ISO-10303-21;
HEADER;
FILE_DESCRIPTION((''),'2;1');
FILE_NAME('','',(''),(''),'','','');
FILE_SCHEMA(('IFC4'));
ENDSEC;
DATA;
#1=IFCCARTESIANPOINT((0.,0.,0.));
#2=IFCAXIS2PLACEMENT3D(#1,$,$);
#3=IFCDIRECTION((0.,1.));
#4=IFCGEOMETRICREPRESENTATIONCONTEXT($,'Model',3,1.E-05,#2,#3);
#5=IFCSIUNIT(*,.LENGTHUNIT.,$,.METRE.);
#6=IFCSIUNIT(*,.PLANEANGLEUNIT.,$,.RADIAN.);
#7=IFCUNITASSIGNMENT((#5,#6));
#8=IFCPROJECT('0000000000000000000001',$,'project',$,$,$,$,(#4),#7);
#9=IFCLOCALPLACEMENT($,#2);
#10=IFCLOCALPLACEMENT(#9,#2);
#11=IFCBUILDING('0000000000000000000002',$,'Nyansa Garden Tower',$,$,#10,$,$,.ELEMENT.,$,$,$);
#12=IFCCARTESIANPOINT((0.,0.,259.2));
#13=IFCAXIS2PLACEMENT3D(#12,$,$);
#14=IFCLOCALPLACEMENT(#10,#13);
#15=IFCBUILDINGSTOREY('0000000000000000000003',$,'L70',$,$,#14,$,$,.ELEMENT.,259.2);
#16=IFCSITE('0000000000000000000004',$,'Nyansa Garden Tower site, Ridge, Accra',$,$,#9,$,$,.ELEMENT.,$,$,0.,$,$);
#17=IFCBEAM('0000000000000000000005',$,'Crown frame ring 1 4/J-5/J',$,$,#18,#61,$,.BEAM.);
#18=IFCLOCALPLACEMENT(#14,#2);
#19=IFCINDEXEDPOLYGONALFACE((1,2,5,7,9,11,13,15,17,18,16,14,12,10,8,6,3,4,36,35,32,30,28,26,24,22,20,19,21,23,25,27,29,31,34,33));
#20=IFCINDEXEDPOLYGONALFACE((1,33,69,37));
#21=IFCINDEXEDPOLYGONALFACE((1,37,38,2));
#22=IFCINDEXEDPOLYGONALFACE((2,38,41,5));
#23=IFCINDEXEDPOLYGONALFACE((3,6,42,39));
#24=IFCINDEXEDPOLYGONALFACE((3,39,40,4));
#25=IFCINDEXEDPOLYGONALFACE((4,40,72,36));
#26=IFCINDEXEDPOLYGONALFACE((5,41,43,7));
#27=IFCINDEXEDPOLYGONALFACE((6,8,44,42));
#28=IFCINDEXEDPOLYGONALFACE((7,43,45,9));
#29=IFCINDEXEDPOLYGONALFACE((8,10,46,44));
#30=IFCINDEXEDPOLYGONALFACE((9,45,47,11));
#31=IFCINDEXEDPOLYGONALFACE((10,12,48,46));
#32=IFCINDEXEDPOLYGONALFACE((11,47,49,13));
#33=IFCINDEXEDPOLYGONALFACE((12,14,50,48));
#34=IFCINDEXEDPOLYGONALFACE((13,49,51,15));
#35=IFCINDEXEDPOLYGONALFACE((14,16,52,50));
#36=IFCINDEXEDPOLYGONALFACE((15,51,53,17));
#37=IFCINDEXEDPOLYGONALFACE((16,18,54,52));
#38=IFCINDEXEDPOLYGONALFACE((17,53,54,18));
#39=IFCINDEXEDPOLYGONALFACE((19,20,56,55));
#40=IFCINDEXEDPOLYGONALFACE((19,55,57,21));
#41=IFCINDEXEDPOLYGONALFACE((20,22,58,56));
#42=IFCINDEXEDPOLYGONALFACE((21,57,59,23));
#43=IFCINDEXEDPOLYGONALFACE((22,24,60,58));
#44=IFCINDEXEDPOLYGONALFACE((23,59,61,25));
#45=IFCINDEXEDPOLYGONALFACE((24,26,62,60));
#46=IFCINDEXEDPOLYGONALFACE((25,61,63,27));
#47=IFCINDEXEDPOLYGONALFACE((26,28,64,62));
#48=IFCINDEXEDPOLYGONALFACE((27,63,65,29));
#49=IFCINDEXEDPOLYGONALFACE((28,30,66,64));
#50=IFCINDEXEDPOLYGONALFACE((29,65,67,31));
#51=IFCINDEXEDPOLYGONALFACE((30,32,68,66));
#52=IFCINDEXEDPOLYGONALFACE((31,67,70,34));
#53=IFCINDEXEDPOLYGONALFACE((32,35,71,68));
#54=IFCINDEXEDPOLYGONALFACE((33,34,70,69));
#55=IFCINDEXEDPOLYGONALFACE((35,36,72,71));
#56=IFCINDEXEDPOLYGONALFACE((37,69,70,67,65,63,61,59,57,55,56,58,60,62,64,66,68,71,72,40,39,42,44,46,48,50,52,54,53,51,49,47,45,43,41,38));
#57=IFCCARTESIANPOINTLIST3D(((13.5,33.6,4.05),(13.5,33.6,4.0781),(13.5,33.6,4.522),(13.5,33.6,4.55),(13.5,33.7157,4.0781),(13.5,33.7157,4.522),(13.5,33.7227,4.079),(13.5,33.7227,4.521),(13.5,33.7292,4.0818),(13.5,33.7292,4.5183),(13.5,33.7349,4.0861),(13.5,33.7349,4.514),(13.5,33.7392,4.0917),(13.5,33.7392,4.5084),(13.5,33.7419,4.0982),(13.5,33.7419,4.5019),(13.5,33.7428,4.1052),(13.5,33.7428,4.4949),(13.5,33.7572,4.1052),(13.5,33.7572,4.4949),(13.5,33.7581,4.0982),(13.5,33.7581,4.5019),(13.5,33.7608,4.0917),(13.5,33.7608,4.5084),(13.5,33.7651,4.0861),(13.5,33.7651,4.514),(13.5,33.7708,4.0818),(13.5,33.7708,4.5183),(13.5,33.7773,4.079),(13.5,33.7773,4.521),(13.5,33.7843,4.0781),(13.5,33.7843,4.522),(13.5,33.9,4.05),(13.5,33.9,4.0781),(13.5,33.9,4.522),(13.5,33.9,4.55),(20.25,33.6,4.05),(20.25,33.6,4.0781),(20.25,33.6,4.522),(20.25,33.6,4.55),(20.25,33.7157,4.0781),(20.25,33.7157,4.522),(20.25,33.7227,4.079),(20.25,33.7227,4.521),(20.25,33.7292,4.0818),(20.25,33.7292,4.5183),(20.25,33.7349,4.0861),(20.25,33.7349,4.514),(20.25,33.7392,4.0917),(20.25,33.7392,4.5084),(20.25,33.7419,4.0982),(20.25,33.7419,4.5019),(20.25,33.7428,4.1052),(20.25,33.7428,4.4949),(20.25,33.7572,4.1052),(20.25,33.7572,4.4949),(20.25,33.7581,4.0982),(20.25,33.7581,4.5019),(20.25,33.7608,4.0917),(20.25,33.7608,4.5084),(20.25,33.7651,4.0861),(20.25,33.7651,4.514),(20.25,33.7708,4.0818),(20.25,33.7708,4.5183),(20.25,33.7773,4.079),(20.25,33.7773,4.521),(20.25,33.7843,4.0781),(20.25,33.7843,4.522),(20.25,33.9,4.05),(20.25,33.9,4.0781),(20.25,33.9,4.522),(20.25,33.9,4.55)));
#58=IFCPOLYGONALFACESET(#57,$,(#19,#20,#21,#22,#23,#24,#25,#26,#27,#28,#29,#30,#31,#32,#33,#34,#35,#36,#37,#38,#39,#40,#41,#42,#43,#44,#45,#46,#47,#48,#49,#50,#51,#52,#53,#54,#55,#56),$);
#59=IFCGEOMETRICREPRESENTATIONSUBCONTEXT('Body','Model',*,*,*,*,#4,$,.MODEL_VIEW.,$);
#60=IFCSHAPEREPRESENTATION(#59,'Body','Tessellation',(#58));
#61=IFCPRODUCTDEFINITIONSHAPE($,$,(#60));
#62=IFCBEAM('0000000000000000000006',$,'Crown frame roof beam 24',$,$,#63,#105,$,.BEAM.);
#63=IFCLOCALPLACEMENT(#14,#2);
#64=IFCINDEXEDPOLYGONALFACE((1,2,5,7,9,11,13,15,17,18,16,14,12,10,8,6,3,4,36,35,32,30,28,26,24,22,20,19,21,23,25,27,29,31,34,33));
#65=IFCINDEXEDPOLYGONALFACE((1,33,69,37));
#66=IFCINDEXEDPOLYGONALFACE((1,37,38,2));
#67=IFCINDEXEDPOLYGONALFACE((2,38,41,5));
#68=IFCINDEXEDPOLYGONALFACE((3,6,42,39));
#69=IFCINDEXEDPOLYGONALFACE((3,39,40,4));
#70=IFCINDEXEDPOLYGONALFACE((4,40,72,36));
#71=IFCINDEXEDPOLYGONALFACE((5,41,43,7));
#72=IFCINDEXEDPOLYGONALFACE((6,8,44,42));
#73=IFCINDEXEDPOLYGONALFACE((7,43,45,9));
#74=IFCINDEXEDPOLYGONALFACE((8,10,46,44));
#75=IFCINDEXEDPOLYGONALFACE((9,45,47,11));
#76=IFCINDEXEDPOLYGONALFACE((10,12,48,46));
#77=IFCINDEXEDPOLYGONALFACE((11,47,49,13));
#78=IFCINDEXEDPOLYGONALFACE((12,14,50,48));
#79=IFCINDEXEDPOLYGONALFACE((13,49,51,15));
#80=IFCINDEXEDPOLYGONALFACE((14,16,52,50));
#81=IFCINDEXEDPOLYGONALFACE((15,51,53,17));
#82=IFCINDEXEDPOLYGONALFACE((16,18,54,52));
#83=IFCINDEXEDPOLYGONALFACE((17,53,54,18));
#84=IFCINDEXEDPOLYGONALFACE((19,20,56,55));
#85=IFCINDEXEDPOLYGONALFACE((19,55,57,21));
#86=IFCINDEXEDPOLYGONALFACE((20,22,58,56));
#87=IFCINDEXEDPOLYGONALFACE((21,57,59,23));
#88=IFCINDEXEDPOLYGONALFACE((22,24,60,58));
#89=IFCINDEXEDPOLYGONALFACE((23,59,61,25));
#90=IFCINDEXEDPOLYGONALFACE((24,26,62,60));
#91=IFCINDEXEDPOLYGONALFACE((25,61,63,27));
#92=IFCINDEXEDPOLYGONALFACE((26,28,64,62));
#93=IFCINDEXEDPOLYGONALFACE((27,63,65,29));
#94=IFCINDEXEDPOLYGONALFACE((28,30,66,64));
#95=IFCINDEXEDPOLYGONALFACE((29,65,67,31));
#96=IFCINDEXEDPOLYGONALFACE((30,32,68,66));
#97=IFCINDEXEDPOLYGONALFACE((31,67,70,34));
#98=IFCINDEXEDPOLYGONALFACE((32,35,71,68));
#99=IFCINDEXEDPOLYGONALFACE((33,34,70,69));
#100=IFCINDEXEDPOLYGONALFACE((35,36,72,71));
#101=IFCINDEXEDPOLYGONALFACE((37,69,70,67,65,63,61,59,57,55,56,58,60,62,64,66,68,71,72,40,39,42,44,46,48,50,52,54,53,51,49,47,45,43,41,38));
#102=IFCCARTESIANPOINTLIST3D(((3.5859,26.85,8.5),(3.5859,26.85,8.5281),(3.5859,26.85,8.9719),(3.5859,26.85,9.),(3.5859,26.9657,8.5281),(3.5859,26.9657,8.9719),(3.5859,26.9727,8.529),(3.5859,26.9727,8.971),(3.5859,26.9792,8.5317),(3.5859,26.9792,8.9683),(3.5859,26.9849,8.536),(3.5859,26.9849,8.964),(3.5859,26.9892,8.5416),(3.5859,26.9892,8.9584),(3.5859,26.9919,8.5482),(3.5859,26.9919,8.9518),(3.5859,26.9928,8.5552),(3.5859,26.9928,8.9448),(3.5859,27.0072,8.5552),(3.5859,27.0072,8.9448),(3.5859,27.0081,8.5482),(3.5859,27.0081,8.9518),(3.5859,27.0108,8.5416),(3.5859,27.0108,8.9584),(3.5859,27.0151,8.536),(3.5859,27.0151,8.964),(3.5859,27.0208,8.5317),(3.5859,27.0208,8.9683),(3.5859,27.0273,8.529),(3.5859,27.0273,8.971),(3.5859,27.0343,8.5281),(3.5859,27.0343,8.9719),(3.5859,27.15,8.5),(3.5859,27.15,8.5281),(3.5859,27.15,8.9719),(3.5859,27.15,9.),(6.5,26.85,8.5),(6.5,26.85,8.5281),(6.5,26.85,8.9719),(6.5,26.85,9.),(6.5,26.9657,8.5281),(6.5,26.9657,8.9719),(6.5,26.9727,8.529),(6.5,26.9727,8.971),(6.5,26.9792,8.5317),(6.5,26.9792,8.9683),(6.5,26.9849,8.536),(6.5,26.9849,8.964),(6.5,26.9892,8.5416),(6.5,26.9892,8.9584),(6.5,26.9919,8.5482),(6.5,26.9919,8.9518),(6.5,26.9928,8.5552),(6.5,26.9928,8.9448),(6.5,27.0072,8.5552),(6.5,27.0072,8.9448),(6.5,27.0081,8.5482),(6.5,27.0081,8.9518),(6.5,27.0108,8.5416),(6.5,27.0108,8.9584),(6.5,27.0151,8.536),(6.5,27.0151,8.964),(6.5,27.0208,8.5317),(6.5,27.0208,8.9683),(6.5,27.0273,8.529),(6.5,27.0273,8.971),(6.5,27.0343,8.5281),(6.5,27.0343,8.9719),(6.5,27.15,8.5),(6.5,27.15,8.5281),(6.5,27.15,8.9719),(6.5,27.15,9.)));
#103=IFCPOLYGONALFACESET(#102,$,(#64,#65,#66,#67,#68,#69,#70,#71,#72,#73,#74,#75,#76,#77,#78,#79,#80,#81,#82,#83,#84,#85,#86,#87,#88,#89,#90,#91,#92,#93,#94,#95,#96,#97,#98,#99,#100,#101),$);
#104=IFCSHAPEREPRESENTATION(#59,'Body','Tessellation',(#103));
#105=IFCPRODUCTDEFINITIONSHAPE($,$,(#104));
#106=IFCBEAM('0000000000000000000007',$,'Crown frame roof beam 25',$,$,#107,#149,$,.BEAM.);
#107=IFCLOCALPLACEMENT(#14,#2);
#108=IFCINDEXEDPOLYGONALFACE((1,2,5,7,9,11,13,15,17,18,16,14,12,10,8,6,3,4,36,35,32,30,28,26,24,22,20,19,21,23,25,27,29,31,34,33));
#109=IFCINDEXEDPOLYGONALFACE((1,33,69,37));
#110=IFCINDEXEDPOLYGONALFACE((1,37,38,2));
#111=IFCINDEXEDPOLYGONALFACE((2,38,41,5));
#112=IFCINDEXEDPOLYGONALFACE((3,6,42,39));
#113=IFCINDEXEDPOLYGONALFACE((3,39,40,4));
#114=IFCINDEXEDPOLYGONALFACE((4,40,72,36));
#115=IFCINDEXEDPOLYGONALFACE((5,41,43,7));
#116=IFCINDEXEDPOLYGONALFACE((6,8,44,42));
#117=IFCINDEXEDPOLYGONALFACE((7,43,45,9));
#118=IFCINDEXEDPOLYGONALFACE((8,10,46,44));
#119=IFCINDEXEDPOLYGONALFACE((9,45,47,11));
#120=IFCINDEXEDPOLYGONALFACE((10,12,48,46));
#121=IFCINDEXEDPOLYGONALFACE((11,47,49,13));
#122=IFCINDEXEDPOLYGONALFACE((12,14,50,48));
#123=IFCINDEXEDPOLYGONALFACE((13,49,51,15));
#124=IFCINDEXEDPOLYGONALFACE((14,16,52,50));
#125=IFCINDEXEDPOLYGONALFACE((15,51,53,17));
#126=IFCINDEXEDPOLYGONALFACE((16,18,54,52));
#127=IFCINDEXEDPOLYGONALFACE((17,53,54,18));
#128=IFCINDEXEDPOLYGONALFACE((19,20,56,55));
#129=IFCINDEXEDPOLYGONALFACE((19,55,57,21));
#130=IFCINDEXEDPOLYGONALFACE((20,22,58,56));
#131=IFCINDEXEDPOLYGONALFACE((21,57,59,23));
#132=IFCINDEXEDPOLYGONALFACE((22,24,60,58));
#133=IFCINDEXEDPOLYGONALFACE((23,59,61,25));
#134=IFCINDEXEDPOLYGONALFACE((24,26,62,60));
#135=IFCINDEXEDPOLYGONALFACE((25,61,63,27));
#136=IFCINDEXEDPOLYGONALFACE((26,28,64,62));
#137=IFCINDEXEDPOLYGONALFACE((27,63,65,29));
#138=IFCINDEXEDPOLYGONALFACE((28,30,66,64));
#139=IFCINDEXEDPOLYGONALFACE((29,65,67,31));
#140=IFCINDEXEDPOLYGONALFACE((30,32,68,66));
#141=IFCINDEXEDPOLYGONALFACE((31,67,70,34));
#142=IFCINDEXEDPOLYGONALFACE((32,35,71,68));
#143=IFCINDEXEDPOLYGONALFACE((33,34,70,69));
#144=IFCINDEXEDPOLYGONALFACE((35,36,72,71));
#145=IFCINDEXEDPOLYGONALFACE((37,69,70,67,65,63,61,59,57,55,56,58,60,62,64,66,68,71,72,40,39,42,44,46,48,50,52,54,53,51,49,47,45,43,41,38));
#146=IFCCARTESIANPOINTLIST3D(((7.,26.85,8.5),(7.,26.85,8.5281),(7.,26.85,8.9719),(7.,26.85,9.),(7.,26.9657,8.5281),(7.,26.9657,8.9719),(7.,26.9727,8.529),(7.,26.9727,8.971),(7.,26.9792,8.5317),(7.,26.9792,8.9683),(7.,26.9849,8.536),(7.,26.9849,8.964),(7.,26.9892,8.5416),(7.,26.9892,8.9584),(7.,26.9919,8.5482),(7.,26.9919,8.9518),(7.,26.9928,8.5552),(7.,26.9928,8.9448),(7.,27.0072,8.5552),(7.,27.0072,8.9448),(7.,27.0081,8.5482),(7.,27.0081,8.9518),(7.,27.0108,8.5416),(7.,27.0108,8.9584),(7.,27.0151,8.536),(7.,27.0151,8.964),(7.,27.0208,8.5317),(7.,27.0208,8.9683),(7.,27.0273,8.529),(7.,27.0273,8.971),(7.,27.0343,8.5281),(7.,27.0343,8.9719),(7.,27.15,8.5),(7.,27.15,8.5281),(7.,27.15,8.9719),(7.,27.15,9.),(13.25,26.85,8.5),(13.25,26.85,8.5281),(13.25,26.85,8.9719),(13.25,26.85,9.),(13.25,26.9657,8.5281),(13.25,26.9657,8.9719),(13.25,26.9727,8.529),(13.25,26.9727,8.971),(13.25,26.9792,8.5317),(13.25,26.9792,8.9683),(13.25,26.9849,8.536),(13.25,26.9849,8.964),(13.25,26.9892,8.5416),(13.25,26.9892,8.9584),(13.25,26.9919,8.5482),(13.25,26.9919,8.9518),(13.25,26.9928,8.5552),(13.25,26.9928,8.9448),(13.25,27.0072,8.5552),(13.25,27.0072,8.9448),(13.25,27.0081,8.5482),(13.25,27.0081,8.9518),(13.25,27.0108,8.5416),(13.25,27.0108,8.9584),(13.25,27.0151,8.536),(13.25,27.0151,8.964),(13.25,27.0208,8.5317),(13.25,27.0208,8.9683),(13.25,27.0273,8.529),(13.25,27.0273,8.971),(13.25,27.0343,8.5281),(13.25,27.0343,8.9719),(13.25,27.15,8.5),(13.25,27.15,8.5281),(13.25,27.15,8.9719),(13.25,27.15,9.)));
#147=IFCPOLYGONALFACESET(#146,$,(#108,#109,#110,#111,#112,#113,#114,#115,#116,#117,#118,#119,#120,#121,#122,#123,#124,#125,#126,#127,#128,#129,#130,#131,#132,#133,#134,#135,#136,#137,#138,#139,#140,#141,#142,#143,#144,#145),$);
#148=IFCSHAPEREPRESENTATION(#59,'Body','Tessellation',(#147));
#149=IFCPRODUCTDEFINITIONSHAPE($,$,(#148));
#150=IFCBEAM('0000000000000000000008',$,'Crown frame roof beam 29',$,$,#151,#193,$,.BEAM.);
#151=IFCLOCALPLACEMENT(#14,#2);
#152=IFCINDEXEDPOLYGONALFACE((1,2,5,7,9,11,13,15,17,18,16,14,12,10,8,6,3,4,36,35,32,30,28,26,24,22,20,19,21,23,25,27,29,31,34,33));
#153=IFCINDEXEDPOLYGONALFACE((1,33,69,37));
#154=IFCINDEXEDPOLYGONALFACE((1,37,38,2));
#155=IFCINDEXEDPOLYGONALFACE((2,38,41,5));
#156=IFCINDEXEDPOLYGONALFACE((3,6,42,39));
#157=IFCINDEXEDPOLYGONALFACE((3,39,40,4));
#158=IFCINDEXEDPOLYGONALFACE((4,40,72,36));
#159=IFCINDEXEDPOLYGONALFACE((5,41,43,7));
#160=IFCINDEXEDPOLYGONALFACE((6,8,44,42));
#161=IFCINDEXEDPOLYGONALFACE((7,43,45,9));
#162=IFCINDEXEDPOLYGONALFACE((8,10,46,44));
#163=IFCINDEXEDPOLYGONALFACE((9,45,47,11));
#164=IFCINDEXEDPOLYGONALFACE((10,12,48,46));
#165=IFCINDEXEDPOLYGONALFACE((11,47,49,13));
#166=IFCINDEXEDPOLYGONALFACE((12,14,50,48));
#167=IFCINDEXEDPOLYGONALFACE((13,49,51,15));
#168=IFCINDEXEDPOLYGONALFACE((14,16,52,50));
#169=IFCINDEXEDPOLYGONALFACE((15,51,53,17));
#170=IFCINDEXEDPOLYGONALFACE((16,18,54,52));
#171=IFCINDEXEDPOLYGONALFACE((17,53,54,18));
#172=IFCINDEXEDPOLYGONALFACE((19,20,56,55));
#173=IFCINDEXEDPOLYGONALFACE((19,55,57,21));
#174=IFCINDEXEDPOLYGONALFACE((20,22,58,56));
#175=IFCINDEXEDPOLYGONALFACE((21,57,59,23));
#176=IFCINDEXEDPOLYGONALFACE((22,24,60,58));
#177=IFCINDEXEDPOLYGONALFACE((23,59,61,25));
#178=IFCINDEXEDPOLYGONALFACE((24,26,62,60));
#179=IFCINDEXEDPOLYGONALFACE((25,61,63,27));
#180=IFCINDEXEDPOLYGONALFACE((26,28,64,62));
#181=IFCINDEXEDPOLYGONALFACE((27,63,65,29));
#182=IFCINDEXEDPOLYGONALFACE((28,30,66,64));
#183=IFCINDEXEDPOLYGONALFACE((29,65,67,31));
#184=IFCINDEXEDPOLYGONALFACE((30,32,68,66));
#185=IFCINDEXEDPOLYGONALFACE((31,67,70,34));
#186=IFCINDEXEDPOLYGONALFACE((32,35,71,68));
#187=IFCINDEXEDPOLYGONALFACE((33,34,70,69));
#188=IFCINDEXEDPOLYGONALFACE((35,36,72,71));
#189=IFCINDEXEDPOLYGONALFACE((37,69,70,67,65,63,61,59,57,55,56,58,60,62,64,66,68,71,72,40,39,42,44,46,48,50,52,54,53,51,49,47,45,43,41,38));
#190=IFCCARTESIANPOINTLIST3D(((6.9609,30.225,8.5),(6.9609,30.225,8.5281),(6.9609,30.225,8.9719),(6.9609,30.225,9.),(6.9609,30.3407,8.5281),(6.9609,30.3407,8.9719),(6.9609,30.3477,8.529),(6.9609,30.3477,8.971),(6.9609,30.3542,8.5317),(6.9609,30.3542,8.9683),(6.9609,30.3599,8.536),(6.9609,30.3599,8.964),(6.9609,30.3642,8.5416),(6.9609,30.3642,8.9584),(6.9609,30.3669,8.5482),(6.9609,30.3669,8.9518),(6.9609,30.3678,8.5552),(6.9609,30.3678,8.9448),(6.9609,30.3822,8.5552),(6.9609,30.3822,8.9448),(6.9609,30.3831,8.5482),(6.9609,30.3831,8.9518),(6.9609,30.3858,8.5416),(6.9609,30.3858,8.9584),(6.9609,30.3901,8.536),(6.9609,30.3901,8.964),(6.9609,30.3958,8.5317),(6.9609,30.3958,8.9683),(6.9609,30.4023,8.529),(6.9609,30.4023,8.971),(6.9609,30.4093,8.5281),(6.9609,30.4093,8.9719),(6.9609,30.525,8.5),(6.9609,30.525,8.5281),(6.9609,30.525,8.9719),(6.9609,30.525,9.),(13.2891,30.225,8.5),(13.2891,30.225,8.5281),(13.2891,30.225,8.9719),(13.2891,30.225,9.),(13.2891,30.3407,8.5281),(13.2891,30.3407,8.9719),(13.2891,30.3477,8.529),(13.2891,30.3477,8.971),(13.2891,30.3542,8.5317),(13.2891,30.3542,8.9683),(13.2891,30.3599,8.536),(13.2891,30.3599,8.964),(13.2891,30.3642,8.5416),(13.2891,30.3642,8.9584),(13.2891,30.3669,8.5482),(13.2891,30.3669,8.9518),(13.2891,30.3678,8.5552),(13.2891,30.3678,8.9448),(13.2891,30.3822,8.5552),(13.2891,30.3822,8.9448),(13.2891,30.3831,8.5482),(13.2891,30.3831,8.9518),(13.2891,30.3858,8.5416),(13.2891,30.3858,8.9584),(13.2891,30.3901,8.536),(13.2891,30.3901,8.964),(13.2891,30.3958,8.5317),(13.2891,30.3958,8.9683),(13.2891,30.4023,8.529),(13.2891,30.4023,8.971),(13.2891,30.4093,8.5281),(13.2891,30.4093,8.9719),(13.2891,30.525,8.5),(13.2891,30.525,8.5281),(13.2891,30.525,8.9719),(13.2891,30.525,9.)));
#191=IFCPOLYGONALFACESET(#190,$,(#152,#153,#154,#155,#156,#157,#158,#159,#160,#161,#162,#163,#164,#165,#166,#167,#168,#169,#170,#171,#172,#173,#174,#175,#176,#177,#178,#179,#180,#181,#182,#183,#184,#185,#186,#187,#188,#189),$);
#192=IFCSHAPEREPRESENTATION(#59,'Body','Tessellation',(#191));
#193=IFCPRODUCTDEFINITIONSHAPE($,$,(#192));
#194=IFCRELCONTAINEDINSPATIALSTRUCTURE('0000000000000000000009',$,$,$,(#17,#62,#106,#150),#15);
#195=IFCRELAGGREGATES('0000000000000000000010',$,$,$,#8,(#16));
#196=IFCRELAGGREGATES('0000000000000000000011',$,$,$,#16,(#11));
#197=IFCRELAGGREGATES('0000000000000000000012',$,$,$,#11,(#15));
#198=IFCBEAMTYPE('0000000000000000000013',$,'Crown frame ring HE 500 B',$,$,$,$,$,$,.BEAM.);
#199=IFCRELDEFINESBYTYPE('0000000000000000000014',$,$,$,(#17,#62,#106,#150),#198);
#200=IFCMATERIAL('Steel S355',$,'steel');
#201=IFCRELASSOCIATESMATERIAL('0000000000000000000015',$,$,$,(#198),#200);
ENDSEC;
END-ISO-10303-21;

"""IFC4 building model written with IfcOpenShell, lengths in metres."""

from ifc_helpers import new_model, si_unit, direction, frame, origin, origin_2d, place, context, subcontext, project, spatial, i_section, extrude, material, material_profile, profile_set, type_object, element, save


model = new_model("IFC4")

# Units and contexts
model_context = context("Model", 3, precision=1e-05, world=origin(), true_north=direction((0.0, 1.0)))
body_context = subcontext(model_context, "Body", "Model", "MODEL_VIEW")
ifc_project = project(units=[si_unit("LENGTHUNIT", "METRE"), si_unit("PLANEANGLEUNIT", "RADIAN")], contexts=[model_context])

# Site, building, storey
site_placement = place(None, origin())
site = spatial("IfcSite", under=ifc_project, at=site_placement, Name="Nyansa Garden Tower site, Ridge, Accra", CompositionType="ELEMENT", RefElevation=0.0)
building_placement = place(site_placement, origin())
building = spatial("IfcBuilding", under=site, at=building_placement, Name="Nyansa Garden Tower", CompositionType="ELEMENT")
storey_placement = place(building_placement, frame((0.0, 0.0, 259.2)))
storey = spatial("IfcBuildingStorey", under=building, at=storey_placement, Name="L70", CompositionType="ELEMENT", Elevation=259.2)

# Beams
ifc_material_1 = material(Name="Steel S355", Category="steel")
ifc_material_profile_1 = material_profile(ifc_material_1, i_section(OverallWidth=0.3, OverallDepth=0.5, WebThickness=0.0144, FlangeThickness=0.0281, FilletRadius=0.0271, at=origin_2d()), Name="HE 500 B")
ifc_profile_set_1 = profile_set([ifc_material_profile_1], Name="Steel S355")
beam_type_1 = type_object("IfcBeamType", Name="Crown frame ring HE 500 B", PredefinedType="BEAM", material=ifc_profile_set_1)
for number, where, z_axis, x_axis, name in (
    (1, (13.5, 33.75, 4.3), (1.0, 0.0, 0.0), (0.0, 1.0, 0.0), "Crown frame ring 1 4/J-5/J"),
):
    element("IfcBeam", number, at=place(storey_placement, frame(where, z_axis=z_axis, x_axis=x_axis)), inside=storey, type_object=beam_type_1, Name=name, PredefinedType="BEAM", context=body_context, shape_type="SweptSolid", body=[
        extrude(i_section(OverallWidth=0.3, OverallDepth=0.5, WebThickness=0.0144, FlangeThickness=0.0281, FilletRadius=0.0271, at=origin_2d()), origin(), (0.0, 0.0, 1.0), 6.75),
    ])
beam_1_placement = place(storey_placement, frame((3.5859, 27.0, 8.75), z_axis=(1.0, 0.0, 0.0), x_axis=(0.0, 1.0, 0.0)))
element("IfcBeam", 2, at=beam_1_placement, inside=storey, type_object=beam_type_1, Name="Crown frame roof beam 24", PredefinedType="BEAM", context=body_context, shape_type="SweptSolid", body=[
    extrude(i_section(OverallWidth=0.3, OverallDepth=0.5, WebThickness=0.0144, FlangeThickness=0.0281, FilletRadius=0.0271, at=origin_2d()), origin(), (0.0, 0.0, 1.0), 2.9141),
])
beam_2_placement = place(storey_placement, frame((7.0, 27.0, 8.75), z_axis=(1.0, 0.0, 0.0), x_axis=(0.0, 1.0, 0.0)))
element("IfcBeam", 3, at=beam_2_placement, inside=storey, type_object=beam_type_1, Name="Crown frame roof beam 25", PredefinedType="BEAM", context=body_context, shape_type="SweptSolid", body=[
    extrude(i_section(OverallWidth=0.3, OverallDepth=0.5, WebThickness=0.0144, FlangeThickness=0.0281, FilletRadius=0.0271, at=origin_2d()), origin(), (0.0, 0.0, 1.0), 6.25),
])
beam_3_placement = place(storey_placement, frame((6.9609, 30.375, 8.75), z_axis=(1.0, 0.0, 0.0), x_axis=(0.0, 1.0, 0.0)))
element("IfcBeam", 4, at=beam_3_placement, inside=storey, type_object=beam_type_1, Name="Crown frame roof beam 29", PredefinedType="BEAM", context=body_context, shape_type="SweptSolid", body=[
    extrude(i_section(OverallWidth=0.3, OverallDepth=0.5, WebThickness=0.0144, FlangeThickness=0.0281, FilletRadius=0.0271, at=origin_2d()), origin(), (0.0, 0.0, 1.0), 6.3281),
])

save(model, "model.ifc")
